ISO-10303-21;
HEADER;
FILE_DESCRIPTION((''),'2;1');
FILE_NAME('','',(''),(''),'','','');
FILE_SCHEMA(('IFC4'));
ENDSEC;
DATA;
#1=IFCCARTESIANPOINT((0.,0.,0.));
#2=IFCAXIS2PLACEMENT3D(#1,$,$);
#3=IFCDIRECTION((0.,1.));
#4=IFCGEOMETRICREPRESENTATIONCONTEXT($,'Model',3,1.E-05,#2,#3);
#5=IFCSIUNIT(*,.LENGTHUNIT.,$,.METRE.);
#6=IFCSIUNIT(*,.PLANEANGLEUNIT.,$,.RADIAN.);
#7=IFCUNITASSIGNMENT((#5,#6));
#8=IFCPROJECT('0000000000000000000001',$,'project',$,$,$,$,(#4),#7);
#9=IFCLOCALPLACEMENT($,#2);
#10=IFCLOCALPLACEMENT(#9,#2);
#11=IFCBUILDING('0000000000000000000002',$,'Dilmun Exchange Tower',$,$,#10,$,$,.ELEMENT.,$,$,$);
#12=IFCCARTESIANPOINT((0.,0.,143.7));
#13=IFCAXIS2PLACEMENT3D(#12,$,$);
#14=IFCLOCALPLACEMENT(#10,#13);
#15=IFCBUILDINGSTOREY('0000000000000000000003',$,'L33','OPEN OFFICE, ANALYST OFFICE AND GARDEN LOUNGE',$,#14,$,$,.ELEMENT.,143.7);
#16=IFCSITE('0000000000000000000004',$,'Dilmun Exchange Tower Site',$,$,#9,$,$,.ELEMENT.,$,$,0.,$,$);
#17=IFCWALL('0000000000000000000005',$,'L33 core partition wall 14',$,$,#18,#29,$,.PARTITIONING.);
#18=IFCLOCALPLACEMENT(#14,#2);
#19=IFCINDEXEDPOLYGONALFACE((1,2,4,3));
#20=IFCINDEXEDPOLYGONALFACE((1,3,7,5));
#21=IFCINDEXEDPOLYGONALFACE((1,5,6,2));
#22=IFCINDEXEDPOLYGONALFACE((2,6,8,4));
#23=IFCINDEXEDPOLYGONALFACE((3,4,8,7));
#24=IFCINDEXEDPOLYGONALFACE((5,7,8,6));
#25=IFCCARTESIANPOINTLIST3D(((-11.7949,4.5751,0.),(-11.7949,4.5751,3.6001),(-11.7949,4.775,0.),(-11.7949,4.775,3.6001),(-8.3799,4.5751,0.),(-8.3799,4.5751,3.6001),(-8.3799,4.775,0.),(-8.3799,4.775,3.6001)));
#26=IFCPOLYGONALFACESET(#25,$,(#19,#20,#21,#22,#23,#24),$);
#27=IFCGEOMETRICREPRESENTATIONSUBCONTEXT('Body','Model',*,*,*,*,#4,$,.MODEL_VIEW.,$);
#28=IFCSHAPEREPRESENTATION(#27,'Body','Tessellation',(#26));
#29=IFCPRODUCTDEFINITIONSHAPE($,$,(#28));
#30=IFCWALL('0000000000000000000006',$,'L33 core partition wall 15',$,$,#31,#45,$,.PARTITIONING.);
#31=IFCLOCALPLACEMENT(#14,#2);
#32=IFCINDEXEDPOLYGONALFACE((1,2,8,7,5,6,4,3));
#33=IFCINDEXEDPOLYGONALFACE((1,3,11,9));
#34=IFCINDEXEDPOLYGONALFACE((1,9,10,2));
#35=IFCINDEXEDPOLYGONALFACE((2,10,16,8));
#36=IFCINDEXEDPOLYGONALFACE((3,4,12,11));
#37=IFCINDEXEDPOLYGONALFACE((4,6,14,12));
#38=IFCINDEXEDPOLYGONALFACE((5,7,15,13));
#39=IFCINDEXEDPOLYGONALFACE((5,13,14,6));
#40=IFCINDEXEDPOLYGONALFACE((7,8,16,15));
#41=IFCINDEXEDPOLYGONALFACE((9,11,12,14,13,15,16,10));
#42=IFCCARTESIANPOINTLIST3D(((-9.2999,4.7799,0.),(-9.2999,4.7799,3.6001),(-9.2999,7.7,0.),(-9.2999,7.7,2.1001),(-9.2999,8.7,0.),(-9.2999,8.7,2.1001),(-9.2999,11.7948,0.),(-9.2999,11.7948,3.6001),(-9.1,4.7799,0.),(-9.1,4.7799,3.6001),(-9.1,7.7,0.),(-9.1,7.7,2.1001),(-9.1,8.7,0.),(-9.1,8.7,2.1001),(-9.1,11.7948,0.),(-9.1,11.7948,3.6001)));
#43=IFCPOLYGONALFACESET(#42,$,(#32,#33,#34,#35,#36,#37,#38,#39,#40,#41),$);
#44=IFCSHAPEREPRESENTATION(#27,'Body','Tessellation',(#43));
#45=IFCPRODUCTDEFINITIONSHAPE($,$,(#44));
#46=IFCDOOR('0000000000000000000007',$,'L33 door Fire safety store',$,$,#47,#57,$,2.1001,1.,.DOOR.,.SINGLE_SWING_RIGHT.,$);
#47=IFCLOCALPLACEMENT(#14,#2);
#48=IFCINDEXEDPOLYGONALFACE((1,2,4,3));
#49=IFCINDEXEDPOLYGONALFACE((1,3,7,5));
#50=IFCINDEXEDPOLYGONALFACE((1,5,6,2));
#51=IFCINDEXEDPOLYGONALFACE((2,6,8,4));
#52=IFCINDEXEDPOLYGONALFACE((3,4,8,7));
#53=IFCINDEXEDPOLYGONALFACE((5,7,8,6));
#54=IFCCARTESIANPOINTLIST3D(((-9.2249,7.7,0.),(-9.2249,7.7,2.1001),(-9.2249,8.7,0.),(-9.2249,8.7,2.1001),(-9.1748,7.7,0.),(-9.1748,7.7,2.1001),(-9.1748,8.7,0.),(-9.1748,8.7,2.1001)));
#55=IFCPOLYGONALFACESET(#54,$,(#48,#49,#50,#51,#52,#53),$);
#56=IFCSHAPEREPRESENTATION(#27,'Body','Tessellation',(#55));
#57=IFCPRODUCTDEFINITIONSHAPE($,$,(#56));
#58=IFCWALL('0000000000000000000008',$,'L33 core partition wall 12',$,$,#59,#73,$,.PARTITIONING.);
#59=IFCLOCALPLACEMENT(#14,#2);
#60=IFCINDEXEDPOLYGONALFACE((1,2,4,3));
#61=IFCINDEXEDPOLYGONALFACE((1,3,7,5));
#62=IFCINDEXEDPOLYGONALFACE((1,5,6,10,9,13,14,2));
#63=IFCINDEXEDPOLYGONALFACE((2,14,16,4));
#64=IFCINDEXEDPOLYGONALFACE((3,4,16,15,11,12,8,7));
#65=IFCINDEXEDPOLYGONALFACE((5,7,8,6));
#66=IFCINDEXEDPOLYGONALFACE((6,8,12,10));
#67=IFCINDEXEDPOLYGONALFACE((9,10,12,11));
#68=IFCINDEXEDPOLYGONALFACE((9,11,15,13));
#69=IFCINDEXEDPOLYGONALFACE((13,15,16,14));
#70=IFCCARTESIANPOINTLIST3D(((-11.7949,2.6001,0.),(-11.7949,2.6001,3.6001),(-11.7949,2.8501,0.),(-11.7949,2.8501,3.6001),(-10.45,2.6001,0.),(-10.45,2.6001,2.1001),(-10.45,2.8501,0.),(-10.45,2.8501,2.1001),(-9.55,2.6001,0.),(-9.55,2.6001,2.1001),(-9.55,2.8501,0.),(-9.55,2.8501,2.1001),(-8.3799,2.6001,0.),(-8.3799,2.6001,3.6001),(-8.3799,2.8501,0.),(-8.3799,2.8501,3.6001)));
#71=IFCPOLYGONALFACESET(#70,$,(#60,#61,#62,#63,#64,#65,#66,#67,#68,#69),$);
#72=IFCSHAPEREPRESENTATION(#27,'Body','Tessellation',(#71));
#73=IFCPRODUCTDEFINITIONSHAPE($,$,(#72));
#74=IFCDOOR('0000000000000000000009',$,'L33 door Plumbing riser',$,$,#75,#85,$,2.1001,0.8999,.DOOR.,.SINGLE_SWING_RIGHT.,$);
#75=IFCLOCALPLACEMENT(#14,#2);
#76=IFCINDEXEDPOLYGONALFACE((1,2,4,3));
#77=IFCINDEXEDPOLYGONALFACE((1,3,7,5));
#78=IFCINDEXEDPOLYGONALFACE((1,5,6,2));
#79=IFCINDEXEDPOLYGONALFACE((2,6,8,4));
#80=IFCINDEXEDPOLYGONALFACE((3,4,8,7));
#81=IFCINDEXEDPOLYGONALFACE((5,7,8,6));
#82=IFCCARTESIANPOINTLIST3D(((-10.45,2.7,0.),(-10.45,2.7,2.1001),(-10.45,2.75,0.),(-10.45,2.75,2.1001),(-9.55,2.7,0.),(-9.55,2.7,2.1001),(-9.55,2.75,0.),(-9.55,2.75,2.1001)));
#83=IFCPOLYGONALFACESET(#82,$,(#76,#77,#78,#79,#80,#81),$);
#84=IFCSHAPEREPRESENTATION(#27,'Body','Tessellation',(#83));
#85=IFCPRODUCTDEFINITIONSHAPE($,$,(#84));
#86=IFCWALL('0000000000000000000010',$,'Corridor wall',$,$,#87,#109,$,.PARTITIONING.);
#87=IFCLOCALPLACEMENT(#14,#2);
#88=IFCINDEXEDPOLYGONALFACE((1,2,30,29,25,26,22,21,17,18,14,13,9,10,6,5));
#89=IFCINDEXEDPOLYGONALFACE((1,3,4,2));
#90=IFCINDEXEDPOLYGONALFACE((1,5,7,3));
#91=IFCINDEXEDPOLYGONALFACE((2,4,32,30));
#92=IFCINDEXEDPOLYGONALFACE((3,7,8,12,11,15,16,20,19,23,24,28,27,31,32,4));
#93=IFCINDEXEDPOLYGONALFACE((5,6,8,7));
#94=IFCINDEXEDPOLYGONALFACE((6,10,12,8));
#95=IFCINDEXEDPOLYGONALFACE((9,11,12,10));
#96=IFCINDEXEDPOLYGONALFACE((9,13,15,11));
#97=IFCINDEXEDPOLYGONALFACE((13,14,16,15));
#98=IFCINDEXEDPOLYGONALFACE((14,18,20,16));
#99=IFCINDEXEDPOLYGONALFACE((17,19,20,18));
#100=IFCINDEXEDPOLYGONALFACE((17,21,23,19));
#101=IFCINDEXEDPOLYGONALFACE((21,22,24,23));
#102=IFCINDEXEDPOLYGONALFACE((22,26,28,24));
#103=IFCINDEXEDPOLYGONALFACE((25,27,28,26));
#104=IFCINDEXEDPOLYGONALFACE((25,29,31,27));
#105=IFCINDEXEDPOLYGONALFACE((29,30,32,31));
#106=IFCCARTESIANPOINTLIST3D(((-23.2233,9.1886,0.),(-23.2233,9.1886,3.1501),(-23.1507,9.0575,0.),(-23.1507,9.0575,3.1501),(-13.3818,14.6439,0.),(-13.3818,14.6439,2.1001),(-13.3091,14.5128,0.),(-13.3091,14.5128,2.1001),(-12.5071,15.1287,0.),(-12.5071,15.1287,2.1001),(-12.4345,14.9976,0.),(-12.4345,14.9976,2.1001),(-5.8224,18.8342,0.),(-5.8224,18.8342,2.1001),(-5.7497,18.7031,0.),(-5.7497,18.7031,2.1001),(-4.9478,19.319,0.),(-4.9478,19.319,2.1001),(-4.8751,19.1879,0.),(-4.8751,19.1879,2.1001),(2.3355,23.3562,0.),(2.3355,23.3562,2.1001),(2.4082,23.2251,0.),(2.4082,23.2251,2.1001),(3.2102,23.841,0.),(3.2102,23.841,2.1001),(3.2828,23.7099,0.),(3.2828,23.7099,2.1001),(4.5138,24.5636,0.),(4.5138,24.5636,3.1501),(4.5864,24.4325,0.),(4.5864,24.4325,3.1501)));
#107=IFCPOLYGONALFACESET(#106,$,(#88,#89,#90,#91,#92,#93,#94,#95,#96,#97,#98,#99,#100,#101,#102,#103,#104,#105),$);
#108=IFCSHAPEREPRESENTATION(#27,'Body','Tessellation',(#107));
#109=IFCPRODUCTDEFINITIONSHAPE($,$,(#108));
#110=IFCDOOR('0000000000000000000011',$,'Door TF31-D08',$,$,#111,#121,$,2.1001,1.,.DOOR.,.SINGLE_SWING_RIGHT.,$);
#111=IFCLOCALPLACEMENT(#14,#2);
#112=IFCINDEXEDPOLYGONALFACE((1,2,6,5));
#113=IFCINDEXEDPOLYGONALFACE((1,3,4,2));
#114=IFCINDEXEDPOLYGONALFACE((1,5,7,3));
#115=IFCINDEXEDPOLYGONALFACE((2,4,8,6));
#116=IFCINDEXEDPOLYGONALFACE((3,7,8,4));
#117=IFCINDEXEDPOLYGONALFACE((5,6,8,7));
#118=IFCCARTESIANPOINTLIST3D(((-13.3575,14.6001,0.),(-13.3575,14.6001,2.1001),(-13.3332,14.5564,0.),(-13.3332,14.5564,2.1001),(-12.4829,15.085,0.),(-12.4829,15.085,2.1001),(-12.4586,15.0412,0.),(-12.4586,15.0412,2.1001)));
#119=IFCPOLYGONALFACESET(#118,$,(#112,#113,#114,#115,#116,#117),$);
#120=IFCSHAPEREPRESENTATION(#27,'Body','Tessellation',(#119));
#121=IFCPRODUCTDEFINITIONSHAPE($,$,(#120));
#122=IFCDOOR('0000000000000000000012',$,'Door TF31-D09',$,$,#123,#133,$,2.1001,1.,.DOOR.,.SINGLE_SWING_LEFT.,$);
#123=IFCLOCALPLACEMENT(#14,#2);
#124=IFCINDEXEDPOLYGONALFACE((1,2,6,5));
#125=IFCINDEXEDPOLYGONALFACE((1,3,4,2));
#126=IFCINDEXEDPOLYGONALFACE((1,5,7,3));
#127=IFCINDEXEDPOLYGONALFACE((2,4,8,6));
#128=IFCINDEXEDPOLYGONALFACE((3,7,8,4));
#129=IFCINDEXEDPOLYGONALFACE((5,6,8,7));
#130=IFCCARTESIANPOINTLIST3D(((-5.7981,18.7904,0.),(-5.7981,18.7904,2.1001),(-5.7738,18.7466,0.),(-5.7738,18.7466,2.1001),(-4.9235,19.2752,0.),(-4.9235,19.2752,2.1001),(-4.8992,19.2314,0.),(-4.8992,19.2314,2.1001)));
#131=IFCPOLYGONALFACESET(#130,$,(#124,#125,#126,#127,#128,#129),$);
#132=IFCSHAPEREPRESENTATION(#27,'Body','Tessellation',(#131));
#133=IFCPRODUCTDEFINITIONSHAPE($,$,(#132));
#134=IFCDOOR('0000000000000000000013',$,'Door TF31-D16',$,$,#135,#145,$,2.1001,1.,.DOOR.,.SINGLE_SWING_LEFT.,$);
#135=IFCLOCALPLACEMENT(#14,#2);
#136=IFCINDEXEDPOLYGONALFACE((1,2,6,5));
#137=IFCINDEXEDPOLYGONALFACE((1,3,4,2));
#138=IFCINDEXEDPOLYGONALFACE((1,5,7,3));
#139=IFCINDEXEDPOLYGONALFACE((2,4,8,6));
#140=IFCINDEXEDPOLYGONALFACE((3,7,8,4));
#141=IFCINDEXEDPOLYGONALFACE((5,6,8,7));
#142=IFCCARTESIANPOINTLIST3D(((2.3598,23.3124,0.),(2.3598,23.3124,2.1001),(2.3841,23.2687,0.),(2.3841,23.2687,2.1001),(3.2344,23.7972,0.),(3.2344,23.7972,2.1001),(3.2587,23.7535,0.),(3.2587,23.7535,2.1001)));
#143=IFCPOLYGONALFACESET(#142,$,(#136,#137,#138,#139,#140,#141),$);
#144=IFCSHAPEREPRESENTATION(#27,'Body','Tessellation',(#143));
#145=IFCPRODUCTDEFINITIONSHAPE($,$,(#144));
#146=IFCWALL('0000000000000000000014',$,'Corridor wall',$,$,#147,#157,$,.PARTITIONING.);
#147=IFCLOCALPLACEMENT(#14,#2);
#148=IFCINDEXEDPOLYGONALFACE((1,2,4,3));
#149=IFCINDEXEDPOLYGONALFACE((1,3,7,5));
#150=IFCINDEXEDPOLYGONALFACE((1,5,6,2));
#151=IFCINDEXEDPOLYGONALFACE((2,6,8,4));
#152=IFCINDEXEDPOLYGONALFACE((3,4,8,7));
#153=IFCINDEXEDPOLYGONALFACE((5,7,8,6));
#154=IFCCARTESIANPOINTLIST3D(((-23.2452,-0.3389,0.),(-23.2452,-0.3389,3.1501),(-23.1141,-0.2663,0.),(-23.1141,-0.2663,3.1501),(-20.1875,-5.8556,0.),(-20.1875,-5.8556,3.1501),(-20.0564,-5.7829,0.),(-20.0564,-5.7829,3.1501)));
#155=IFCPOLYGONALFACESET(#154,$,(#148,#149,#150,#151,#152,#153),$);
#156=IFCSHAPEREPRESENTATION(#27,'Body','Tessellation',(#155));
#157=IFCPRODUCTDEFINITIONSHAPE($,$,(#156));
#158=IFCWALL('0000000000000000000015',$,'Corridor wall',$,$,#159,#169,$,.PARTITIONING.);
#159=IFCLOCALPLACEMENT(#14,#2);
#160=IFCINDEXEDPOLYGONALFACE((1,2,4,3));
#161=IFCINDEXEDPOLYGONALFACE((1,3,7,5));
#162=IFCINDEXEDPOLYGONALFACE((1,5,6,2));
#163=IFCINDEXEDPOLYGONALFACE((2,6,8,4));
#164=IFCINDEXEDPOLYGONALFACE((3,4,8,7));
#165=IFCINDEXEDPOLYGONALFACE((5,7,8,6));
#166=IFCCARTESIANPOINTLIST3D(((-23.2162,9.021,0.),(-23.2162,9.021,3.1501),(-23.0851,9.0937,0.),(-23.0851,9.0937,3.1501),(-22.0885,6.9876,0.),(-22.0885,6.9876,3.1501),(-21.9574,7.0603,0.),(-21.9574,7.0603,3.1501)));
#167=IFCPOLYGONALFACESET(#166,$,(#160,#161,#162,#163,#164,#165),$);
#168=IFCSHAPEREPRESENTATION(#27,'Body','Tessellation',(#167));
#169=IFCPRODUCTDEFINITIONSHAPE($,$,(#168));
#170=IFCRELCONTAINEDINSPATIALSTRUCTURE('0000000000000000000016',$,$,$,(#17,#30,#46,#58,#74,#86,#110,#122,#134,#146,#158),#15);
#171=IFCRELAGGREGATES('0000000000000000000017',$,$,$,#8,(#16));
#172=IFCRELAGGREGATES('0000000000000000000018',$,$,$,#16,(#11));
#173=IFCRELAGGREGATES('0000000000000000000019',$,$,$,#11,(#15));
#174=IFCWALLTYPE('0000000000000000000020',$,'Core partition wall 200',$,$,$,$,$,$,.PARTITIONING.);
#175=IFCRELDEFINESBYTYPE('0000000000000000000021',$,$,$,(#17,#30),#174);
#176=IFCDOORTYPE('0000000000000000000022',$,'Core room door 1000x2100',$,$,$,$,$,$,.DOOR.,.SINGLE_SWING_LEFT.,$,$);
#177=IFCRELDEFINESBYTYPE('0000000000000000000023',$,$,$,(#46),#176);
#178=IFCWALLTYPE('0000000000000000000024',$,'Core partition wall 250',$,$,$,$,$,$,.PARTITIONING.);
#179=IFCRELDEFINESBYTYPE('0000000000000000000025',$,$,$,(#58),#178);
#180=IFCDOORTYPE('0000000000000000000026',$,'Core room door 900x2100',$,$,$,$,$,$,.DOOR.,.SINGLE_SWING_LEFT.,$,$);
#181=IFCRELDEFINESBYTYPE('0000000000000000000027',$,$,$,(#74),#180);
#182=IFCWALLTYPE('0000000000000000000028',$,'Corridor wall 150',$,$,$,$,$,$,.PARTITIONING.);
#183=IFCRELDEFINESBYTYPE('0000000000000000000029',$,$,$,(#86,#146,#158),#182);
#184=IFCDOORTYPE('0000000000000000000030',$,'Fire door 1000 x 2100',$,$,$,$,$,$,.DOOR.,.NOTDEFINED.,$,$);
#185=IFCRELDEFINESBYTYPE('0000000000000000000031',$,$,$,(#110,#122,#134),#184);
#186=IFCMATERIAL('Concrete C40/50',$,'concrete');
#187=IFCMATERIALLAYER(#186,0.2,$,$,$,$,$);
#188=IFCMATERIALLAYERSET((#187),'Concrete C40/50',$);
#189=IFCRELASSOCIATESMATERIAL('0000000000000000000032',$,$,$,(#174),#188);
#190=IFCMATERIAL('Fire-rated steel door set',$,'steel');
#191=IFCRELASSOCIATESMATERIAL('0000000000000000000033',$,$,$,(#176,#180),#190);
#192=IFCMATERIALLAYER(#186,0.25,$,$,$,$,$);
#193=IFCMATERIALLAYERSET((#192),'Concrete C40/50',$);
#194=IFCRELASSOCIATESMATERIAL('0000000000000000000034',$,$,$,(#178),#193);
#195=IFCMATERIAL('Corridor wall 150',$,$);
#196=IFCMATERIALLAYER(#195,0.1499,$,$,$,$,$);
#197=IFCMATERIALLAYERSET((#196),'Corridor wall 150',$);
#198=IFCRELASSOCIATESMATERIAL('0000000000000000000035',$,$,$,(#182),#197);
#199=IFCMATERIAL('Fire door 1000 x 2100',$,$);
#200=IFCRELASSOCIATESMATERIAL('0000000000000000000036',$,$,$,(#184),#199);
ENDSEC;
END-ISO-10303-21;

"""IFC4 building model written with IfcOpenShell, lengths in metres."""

from ifc_helpers import new_model, si_unit, direction, frame, frame_2d, origin, place, context, subcontext, project, spatial, rectangle, extrude, material, layer, layer_set, type_object, element, fill, save


model = new_model("IFC4")

# Units and contexts
model_context = context("Model", 3, precision=1e-05, world=origin(), true_north=direction((0.0, 1.0)))
body_context = subcontext(model_context, "Body", "Model", "MODEL_VIEW")
ifc_project = project(units=[si_unit("LENGTHUNIT", "METRE"), si_unit("PLANEANGLEUNIT", "RADIAN")], contexts=[model_context])

# Site, building, storey
site_placement = place(None, origin())
site = spatial("IfcSite", under=ifc_project, at=site_placement, Name="Dilmun Exchange Tower Site", CompositionType="ELEMENT", RefElevation=0.0)
building_placement = place(site_placement, origin())
building = spatial("IfcBuilding", under=site, at=building_placement, Name="Dilmun Exchange Tower", CompositionType="ELEMENT")
storey_placement = place(building_placement, frame((0.0, 0.0, 143.7)))
storey = spatial("IfcBuildingStorey", under=building, at=storey_placement, Name="L33", Description="OPEN OFFICE, ANALYST OFFICE AND GARDEN LOUNGE", CompositionType="ELEMENT", Elevation=143.7)

# Wall
ifc_material_1 = material(Name="Concrete C40/50", Category="concrete")
ifc_layer_1 = layer(ifc_material_1, 0.2)
ifc_layer_set_1 = layer_set([ifc_layer_1], Name="Concrete C40/50")
wall_type_1 = type_object("IfcWallType", Name="Core partition wall 200", PredefinedType="PARTITIONING", material=ifc_layer_set_1)
wall_1_placement = place(storey_placement, frame((-11.7949, 4.675, 0.0), z_axis=(0.0, 0.0, 1.0), x_axis=(1.0, 0.0, 0.0)))
element("IfcWall", 1, at=wall_1_placement, inside=storey, type_object=wall_type_1, Name="L33 core partition wall 14", PredefinedType="PARTITIONING", context=body_context, shape_type="SweptSolid", body=[
    extrude(rectangle(XDim=3.415, YDim=0.2, at=frame_2d((1.7075, 0.0))), origin(), (0.0, 0.0, 1.0), 3.6001),
])

# Walls, openings, doors
wall_2_placement = place(storey_placement, frame((-9.2, 4.78, 0.0), z_axis=(0.0, 0.0, 1.0), x_axis=(0.0, 1.0, 0.0)))
wall_2 = element("IfcWall", 2, at=wall_2_placement, inside=storey, type_object=wall_type_1, Name="L33 core partition wall 15", PredefinedType="PARTITIONING", context=body_context, shape_type="SweptSolid", body=[
    extrude(rectangle(XDim=7.0149, YDim=0.2, at=frame_2d((3.5073, 0.0))), origin(), (0.0, 0.0, 1.0), 3.6001),
])
opening_1_placement = place(wall_2_placement, frame((2.9199, 0.0, 0.0)))
opening_1 = element("IfcOpeningElement", 3, at=opening_1_placement, cuts=wall_2, PredefinedType="OPENING", context=body_context, shape_type="SweptSolid", body=[
    extrude(rectangle(XDim=1.0, YDim=2.1001, at=frame_2d((0.5, 1.05))), frame((0.0, 0.1099, 0.0), z_axis=(0.0, -1.0, 0.0), x_axis=(1.0, 0.0, 0.0)), (0.0, 0.0, 1.0), 0.22),
])
ifc_material_2 = material(Name="Fire-rated steel door set", Category="steel")
door_type_1 = type_object("IfcDoorType", Name="Core room door 1000x2100", OperationType="SINGLE_SWING_LEFT", PredefinedType="DOOR", material=ifc_material_2)
door_1_placement = place(opening_1_placement, origin())
door_1 = element("IfcDoor", 4, at=door_1_placement, inside=storey, type_object=door_type_1, Name="L33 door Fire safety store", OperationType="SINGLE_SWING_RIGHT", OverallHeight=2.1001, OverallWidth=1.0, PredefinedType="DOOR", context=body_context, shape_type="SweptSolid", body=[
    extrude(rectangle(XDim=1.0, YDim=2.1001, at=frame_2d((0.5, 1.05))), frame((0.0, 0.0249, 0.0), z_axis=(0.0, -1.0, 0.0), x_axis=(1.0, 0.0, 0.0)), (0.0, 0.0, 1.0), 0.05),
])
fill(opening_1, door_1)
ifc_layer_2 = layer(ifc_material_1, 0.25)
ifc_layer_set_2 = layer_set([ifc_layer_2], Name="Concrete C40/50")
wall_type_2 = type_object("IfcWallType", Name="Core partition wall 250", PredefinedType="PARTITIONING", material=ifc_layer_set_2)
wall_3_placement = place(storey_placement, frame((-11.7949, 2.7251, 0.0), z_axis=(0.0, 0.0, 1.0), x_axis=(1.0, 0.0, 0.0)))
wall_3 = element("IfcWall", 5, at=wall_3_placement, inside=storey, type_object=wall_type_2, Name="L33 core partition wall 12", PredefinedType="PARTITIONING", context=body_context, shape_type="SweptSolid", body=[
    extrude(rectangle(XDim=3.415, YDim=0.25, at=frame_2d((1.7075, 0.0))), origin(), (0.0, 0.0, 1.0), 3.6001),
])
opening_2_placement = place(wall_3_placement, frame((1.345, 0.0, 0.0)))
opening_2 = element("IfcOpeningElement", 6, at=opening_2_placement, cuts=wall_3, PredefinedType="OPENING", context=body_context, shape_type="SweptSolid", body=[
    extrude(rectangle(XDim=0.8999, YDim=2.1001, at=frame_2d((0.45, 1.05))), frame((0.0, 0.135, 0.0), z_axis=(0.0, -1.0, 0.0), x_axis=(1.0, 0.0, 0.0)), (0.0, 0.0, 1.0), 0.27),
])
door_type_2 = type_object("IfcDoorType", Name="Core room door 900x2100", OperationType="SINGLE_SWING_LEFT", PredefinedType="DOOR", material=ifc_material_2)
door_2_placement = place(opening_2_placement, origin())
door_2 = element("IfcDoor", 7, at=door_2_placement, inside=storey, type_object=door_type_2, Name="L33 door Plumbing riser", OperationType="SINGLE_SWING_RIGHT", OverallHeight=2.1001, OverallWidth=0.8999, PredefinedType="DOOR", context=body_context, shape_type="SweptSolid", body=[
    extrude(rectangle(XDim=0.8999, YDim=2.1001, at=frame_2d((0.45, 1.05))), frame((0.0, 0.0249, 0.0), z_axis=(0.0, -1.0, 0.0), x_axis=(1.0, 0.0, 0.0)), (0.0, 0.0, 1.0), 0.05),
])
fill(opening_2, door_2)

# Wall, openings, doors
ifc_material_3 = material(Name="Corridor wall 150")
ifc_layer_3 = layer(ifc_material_3, 0.1499)
ifc_layer_set_3 = layer_set([ifc_layer_3], Name="Corridor wall 150")
wall_type_3 = type_object("IfcWallType", Name="Corridor wall 150", PredefinedType="PARTITIONING", material=ifc_layer_set_3)
wall_4_placement = place(storey_placement, frame((-23.187, 9.123, 0.0), z_axis=(0.0, 0.0, 1.0), x_axis=(0.874618, 0.484812, 0.0)))
wall_4 = element("IfcWall", 8, at=wall_4_placement, inside=storey, type_object=wall_type_3, Name="Corridor wall", PredefinedType="PARTITIONING", context=body_context, shape_type="SweptSolid", body=[
    extrude(rectangle(XDim=31.7134, YDim=0.1499, at=frame_2d((15.8567, 0.0))), origin(), (0.0, 0.0, 1.0), 3.1501),
])
opening_3_placement = place(wall_4_placement, frame((11.2524, 0.0, 0.0)))
opening_3 = element("IfcOpeningElement", 9, at=opening_3_placement, cuts=wall_4, PredefinedType="OPENING", context=body_context, shape_type="SweptSolid", body=[
    extrude(rectangle(XDim=1.0, YDim=2.1001, at=frame_2d((0.5, 1.05))), frame((0.0, 0.085, 0.0), z_axis=(0.0, -1.0, 0.0), x_axis=(1.0, 0.0, 0.0)), (0.0, 0.0, 1.0), 0.1699),
])
opening_4_placement = place(wall_4_placement, frame((19.8955, 0.0, 0.0)))
opening_4 = element("IfcOpeningElement", 10, at=opening_4_placement, cuts=wall_4, PredefinedType="OPENING", context=body_context, shape_type="SweptSolid", body=[
    extrude(rectangle(XDim=1.0, YDim=2.1001, at=frame_2d((0.5, 1.05))), frame((0.0, 0.085, 0.0), z_axis=(0.0, -1.0, 0.0), x_axis=(1.0, 0.0, 0.0)), (0.0, 0.0, 1.0), 0.1699),
])
opening_5_placement = place(wall_4_placement, frame((29.2229, 0.0, 0.0)))
opening_5 = element("IfcOpeningElement", 11, at=opening_5_placement, cuts=wall_4, PredefinedType="OPENING", context=body_context, shape_type="SweptSolid", body=[
    extrude(rectangle(XDim=1.0, YDim=2.1001, at=frame_2d((0.5, 1.05))), frame((0.0, 0.085, 0.0), z_axis=(0.0, -1.0, 0.0), x_axis=(1.0, 0.0, 0.0)), (0.0, 0.0, 1.0), 0.1699),
])
ifc_material_4 = material(Name="Fire door 1000 x 2100")
door_type_3 = type_object("IfcDoorType", Name="Fire door 1000 x 2100", OperationType="NOTDEFINED", PredefinedType="DOOR", material=ifc_material_4)
door_3_placement = place(opening_3_placement, origin())
door_3 = element("IfcDoor", 12, at=door_3_placement, inside=storey, type_object=door_type_3, Name="Door TF31-D08", OperationType="SINGLE_SWING_RIGHT", OverallHeight=2.1001, OverallWidth=1.0, PredefinedType="DOOR", context=body_context, shape_type="SweptSolid", body=[
    extrude(rectangle(XDim=1.0, YDim=2.1001, at=frame_2d((0.5, 1.05))), frame((0.0, 0.0249, 0.0), z_axis=(0.0, -1.0, 0.0), x_axis=(1.0, 0.0, 0.0)), (0.0, 0.0, 1.0), 0.05),
])
fill(opening_3, door_3)
door_4_placement = place(opening_4_placement, origin())
door_4 = element("IfcDoor", 13, at=door_4_placement, inside=storey, type_object=door_type_3, Name="Door TF31-D09", OperationType="SINGLE_SWING_LEFT", OverallHeight=2.1001, OverallWidth=1.0, PredefinedType="DOOR", context=body_context, shape_type="SweptSolid", body=[
    extrude(rectangle(XDim=1.0, YDim=2.1001, at=frame_2d((0.5, 1.05))), frame((0.0, 0.0249, 0.0), z_axis=(0.0, -1.0, 0.0), x_axis=(1.0, 0.0, 0.0)), (0.0, 0.0, 1.0), 0.05),
])
fill(opening_4, door_4)
door_5_placement = place(opening_5_placement, origin())
door_5 = element("IfcDoor", 14, at=door_5_placement, inside=storey, type_object=door_type_3, Name="Door TF31-D16", OperationType="SINGLE_SWING_LEFT", OverallHeight=2.1001, OverallWidth=1.0, PredefinedType="DOOR", context=body_context, shape_type="SweptSolid", body=[
    extrude(rectangle(XDim=1.0, YDim=2.1001, at=frame_2d((0.5, 1.05))), frame((0.0, 0.0249, 0.0), z_axis=(0.0, -1.0, 0.0), x_axis=(1.0, 0.0, 0.0)), (0.0, 0.0, 1.0), 0.05),
])
fill(opening_5, door_5)

# Walls
wall_5_placement = place(storey_placement, frame((-23.1797, -0.3025, 0.0), z_axis=(0.0, 0.0, 1.0), x_axis=(0.484775, -0.874639, 0.0)))
element("IfcWall", 15, at=wall_5_placement, inside=storey, type_object=wall_type_3, Name="Corridor wall", PredefinedType="PARTITIONING", context=body_context, shape_type="SweptSolid", body=[
    extrude(rectangle(XDim=6.3074, YDim=0.1499, at=frame_2d((3.1538, 0.0))), origin(), (0.0, 0.0, 1.0), 3.1501),
])
wall_6_placement = place(storey_placement, frame((-23.1506, 9.0574, 0.0), z_axis=(0.0, 0.0, 1.0), x_axis=(0.484983, -0.874524, 0.0)))
element("IfcWall", 16, at=wall_6_placement, inside=storey, type_object=wall_type_3, Name="Corridor wall", PredefinedType="PARTITIONING", context=body_context, shape_type="SweptSolid", body=[
    extrude(rectangle(XDim=2.3252, YDim=0.1499, at=frame_2d((1.1626, 0.0))), origin(), (0.0, 0.0, 1.0), 3.1501),
])

save(model, "model.ifc")
